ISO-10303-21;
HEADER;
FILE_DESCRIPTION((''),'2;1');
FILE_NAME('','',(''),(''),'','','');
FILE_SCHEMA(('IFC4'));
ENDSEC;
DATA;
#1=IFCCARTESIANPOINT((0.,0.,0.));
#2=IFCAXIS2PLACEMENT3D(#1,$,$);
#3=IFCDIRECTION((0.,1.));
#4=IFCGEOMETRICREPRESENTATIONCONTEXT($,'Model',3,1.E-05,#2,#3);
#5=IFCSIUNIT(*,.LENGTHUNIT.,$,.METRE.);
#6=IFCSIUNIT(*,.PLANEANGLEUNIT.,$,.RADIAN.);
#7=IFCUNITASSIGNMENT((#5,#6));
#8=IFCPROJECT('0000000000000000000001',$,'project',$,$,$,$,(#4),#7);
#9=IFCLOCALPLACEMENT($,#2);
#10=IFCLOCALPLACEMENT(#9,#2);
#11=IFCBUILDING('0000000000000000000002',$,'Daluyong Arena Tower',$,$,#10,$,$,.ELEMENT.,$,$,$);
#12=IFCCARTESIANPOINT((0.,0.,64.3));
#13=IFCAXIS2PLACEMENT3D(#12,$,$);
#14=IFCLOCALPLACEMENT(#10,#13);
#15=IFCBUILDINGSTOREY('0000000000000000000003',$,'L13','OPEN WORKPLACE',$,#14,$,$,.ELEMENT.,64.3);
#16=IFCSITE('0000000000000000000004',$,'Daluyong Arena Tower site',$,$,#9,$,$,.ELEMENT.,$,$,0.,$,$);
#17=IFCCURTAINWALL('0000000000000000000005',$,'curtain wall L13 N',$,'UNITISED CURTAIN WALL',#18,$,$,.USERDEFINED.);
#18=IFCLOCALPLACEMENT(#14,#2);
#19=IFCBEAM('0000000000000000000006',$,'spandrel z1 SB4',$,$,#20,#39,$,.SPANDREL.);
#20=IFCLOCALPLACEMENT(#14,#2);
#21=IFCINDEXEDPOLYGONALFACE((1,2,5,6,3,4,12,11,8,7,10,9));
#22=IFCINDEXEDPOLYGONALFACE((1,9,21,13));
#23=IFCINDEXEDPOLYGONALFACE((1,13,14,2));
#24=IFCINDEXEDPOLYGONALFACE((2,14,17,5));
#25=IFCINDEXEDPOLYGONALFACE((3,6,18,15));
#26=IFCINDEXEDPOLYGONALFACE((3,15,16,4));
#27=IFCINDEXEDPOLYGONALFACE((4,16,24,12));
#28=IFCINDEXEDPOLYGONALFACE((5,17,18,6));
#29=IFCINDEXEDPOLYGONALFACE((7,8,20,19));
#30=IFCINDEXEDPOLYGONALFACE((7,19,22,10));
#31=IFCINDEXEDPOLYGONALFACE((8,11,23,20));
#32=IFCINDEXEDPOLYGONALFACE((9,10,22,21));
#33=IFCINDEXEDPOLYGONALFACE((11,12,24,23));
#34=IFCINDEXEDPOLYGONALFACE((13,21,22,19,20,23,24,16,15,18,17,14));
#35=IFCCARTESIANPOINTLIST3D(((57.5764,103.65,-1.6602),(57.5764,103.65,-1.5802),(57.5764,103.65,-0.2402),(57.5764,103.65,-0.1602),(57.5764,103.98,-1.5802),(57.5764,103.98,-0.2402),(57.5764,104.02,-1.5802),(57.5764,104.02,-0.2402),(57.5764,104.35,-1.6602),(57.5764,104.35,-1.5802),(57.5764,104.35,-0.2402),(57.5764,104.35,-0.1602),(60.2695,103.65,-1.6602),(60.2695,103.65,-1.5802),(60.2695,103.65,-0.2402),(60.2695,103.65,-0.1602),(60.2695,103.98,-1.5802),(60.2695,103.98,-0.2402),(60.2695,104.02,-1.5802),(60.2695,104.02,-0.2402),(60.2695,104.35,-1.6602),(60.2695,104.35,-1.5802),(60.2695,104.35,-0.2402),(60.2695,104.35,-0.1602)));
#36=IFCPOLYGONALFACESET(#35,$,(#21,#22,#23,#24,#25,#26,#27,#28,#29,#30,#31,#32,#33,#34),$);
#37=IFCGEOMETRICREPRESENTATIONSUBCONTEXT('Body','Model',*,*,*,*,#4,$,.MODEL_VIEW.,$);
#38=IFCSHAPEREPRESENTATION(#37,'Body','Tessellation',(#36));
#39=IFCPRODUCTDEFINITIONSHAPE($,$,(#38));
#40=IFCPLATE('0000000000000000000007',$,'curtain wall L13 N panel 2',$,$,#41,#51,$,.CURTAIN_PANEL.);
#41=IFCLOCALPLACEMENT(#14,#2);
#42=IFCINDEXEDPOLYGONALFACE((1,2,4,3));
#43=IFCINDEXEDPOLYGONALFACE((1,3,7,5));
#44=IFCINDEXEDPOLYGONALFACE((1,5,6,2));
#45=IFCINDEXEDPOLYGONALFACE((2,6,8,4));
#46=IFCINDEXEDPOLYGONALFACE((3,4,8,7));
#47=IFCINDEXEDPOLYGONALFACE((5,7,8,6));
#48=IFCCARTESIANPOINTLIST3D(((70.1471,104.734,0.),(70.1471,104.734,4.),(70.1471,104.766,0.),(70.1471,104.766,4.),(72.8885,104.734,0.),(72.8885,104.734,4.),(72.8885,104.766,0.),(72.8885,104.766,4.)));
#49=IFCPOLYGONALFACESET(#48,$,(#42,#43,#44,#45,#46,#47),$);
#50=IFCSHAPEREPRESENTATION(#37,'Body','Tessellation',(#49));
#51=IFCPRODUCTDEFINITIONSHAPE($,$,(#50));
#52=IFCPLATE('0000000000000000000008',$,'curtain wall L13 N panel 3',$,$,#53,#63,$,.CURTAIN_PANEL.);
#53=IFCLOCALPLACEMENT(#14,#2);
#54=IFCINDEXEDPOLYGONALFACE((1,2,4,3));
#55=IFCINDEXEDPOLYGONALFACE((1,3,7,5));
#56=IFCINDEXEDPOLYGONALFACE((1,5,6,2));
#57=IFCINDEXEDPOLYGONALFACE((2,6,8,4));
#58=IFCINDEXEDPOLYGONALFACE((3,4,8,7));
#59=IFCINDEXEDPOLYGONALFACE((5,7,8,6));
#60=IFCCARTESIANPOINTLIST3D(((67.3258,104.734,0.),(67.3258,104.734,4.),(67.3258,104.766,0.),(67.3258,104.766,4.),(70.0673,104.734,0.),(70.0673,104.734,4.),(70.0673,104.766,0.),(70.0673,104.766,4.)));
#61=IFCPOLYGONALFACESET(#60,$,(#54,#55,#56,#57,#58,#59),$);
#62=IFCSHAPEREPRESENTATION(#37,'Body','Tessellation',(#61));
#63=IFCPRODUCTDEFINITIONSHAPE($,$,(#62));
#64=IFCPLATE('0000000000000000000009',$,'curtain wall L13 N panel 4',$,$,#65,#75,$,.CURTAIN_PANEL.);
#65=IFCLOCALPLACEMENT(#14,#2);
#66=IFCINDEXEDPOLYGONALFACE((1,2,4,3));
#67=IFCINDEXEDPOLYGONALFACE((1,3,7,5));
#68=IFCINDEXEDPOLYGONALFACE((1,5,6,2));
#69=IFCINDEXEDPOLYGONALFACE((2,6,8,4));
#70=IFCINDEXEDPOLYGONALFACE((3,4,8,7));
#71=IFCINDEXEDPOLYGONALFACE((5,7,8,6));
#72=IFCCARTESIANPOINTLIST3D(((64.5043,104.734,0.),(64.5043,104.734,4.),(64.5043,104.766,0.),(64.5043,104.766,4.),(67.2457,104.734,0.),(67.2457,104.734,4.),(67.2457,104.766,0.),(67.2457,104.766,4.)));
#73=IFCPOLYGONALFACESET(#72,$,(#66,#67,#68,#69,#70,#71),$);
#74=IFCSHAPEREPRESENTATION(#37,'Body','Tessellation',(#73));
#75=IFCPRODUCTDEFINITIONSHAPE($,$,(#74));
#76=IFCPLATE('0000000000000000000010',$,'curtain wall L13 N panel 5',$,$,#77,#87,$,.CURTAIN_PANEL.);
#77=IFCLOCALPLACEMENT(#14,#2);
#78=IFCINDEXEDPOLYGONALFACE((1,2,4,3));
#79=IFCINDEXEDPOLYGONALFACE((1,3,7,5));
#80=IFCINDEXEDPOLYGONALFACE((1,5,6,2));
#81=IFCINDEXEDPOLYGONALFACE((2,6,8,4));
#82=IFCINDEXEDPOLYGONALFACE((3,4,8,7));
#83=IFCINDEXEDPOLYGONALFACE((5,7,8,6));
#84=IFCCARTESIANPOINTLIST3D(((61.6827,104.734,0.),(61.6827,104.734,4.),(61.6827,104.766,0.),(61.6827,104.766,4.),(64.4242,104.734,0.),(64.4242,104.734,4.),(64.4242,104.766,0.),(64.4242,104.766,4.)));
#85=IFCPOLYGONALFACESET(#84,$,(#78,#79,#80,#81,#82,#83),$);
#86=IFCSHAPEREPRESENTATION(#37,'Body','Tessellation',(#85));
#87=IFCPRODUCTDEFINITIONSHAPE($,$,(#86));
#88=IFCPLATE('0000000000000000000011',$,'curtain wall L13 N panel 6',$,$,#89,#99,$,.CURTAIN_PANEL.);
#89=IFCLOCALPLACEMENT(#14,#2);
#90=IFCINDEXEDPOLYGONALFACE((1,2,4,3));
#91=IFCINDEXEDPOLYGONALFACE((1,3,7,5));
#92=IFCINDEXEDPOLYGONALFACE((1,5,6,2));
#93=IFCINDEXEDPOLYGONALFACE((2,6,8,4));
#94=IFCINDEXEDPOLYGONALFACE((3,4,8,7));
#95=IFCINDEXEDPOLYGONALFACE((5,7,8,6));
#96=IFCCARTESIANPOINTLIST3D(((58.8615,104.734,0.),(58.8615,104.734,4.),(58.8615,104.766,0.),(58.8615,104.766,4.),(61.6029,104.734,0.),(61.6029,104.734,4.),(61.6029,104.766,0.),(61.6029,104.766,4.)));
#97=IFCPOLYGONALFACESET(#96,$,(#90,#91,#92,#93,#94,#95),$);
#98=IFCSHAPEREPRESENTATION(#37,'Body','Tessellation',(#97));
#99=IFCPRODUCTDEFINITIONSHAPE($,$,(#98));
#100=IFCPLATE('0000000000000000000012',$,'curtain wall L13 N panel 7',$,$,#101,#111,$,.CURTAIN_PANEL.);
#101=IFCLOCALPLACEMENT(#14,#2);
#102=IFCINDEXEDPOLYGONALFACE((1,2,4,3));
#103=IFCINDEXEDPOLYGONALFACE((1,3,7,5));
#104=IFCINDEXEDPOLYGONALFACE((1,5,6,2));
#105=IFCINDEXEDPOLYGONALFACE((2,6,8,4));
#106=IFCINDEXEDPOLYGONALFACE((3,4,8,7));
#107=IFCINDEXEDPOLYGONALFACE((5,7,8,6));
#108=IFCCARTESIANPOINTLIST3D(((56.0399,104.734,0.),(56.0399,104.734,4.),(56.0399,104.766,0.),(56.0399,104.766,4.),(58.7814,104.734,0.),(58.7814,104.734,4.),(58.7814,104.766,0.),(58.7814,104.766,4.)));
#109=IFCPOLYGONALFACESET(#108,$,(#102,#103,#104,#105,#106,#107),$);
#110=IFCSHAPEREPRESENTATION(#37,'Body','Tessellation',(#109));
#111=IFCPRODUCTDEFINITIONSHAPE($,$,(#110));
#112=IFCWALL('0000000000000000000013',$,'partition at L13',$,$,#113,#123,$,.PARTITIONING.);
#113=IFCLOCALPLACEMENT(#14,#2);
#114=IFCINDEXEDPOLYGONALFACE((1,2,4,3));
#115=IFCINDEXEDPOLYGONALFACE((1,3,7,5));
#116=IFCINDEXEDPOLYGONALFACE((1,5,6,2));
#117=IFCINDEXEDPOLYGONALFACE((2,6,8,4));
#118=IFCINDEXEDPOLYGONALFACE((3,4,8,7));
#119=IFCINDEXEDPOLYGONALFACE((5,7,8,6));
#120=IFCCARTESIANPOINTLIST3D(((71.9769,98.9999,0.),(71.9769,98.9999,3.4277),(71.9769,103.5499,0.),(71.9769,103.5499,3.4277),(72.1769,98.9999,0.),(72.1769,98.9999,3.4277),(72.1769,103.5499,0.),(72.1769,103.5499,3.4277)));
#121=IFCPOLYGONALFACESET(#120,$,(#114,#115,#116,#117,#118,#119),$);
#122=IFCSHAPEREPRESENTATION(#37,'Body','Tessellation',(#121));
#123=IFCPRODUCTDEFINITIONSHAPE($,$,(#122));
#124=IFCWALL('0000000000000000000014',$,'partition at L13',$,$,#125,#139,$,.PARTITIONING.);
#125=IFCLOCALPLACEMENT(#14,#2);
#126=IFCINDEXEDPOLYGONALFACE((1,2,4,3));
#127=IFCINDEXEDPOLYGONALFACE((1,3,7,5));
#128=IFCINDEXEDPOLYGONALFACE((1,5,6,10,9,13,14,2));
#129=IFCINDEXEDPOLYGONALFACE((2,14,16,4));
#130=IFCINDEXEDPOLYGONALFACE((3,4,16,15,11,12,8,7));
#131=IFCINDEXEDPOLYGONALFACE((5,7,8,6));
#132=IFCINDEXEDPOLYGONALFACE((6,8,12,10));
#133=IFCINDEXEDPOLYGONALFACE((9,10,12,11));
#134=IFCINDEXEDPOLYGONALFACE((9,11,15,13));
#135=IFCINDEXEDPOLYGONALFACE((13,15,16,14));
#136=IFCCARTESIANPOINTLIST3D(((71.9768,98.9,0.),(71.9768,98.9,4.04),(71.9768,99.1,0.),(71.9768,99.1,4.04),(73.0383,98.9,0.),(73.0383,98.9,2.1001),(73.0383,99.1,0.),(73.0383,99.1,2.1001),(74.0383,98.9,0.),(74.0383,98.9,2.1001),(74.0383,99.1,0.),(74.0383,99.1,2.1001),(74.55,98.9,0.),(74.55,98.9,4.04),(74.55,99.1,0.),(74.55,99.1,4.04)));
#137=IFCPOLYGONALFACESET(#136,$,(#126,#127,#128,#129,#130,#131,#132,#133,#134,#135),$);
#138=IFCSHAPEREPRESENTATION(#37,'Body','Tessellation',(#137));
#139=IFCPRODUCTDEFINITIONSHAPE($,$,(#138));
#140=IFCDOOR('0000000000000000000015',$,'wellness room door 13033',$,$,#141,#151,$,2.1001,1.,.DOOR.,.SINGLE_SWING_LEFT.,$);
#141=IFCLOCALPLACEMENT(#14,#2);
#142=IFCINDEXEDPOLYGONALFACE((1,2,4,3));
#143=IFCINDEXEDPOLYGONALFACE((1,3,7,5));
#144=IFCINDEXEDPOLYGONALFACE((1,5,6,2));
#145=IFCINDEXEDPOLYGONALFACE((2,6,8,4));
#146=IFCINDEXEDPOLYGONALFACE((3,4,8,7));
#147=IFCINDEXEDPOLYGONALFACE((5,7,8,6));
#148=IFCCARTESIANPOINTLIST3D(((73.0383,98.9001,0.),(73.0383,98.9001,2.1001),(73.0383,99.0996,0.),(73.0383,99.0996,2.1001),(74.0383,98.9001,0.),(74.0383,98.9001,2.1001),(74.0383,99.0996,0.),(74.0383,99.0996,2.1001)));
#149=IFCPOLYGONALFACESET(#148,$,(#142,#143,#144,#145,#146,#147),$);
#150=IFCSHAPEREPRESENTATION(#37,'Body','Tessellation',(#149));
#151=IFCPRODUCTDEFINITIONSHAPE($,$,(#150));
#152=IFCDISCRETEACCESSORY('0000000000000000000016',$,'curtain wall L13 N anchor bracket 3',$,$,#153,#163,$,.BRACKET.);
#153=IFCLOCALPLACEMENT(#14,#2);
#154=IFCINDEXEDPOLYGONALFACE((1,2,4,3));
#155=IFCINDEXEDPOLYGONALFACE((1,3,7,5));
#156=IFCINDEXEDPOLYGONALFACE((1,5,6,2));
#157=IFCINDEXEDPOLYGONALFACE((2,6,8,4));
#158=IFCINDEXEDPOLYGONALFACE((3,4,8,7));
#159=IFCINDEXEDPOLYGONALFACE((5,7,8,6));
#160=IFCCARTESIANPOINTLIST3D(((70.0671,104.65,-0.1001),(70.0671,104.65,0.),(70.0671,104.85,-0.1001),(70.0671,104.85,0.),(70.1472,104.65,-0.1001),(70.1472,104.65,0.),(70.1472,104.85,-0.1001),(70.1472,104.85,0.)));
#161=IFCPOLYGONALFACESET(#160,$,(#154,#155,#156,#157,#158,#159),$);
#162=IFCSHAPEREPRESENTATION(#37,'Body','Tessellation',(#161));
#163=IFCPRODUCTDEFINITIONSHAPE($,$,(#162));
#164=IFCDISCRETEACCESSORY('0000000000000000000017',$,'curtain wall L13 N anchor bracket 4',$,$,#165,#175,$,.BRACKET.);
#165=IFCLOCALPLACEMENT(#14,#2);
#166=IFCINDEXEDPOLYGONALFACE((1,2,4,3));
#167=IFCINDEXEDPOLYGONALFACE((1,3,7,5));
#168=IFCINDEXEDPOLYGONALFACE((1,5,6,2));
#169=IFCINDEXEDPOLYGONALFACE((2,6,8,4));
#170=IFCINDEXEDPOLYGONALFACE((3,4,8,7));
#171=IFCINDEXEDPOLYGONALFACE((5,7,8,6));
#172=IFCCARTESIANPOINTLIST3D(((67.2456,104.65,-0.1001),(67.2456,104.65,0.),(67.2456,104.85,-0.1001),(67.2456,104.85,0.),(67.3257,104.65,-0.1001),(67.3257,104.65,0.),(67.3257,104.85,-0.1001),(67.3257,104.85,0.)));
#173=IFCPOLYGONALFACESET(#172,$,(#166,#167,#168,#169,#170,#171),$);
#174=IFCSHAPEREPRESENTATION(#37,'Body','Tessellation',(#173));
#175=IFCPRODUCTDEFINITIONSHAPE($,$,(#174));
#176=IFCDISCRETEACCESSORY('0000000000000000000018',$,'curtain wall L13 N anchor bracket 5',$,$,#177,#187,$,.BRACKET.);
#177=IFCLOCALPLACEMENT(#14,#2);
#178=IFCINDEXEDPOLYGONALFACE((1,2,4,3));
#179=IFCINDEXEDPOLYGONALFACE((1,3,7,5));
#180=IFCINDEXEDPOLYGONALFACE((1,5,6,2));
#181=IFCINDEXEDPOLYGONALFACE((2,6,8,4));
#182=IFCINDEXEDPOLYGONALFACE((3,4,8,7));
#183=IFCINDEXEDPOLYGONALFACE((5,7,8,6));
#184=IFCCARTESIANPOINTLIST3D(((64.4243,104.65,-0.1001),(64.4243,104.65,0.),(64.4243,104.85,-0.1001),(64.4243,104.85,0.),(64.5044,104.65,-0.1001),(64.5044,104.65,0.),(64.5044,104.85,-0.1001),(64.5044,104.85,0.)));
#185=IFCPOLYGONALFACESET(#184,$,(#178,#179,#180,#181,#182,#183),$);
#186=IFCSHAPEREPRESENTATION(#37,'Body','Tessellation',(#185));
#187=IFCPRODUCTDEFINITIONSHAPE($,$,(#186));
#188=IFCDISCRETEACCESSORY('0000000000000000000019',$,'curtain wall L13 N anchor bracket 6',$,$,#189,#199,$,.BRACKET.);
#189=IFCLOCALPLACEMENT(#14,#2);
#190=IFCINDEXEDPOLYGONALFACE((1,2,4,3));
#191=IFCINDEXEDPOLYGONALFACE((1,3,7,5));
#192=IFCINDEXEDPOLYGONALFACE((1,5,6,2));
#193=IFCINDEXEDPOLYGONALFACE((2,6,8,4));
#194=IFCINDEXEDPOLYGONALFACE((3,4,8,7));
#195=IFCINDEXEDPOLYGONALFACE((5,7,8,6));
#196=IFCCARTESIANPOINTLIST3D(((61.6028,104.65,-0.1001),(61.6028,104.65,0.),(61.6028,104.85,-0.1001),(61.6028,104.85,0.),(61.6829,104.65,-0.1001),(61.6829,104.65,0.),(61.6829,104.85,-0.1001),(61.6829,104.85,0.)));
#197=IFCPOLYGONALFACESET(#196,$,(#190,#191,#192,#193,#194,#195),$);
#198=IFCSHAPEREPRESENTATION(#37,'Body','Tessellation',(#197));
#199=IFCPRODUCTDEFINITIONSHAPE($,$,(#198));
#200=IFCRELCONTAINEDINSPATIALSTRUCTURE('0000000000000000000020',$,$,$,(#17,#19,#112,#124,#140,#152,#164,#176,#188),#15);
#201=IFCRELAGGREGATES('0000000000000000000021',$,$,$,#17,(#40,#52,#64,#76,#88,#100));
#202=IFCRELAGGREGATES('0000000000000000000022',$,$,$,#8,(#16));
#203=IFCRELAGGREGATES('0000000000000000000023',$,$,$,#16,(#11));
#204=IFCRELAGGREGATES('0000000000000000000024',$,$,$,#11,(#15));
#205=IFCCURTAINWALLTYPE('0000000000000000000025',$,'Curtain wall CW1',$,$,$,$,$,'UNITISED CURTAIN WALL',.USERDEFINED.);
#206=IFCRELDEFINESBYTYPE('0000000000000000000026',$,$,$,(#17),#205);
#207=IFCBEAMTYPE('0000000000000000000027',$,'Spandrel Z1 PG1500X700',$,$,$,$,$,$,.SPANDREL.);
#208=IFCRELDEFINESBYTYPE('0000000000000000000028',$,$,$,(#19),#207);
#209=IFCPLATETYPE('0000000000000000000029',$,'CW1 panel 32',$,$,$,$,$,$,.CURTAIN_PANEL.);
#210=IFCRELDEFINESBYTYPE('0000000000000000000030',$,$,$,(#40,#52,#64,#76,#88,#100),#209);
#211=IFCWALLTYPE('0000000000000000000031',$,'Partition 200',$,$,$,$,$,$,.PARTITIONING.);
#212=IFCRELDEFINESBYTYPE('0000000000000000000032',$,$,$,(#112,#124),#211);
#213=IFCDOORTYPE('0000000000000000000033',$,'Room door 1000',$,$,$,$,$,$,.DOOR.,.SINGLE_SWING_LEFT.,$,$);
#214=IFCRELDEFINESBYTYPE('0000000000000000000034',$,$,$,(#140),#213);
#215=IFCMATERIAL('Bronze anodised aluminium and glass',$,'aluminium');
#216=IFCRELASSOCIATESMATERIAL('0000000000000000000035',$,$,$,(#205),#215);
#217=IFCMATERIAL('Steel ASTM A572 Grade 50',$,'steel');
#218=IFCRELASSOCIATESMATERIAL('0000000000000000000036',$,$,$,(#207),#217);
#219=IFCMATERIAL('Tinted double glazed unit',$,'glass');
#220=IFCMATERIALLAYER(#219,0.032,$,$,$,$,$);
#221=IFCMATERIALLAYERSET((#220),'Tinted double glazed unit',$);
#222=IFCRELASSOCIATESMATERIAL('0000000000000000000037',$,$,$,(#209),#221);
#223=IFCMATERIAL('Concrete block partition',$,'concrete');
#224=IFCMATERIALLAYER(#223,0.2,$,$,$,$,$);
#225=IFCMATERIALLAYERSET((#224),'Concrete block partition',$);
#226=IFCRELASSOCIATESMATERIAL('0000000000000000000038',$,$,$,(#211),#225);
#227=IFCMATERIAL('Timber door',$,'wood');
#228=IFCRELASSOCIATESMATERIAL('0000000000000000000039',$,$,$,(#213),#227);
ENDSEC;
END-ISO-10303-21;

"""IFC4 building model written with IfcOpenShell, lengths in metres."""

from ifc_helpers import new_model, si_unit, direction, frame, frame_2d, origin, origin_2d, place, context, subcontext, project, spatial, rectangle, i_section, extrude, material, layer, layer_set, material_profile, profile_set, type_object, element, fill, aggregate, save


model = new_model("IFC4")

# Units and contexts
model_context = context("Model", 3, precision=1e-05, world=origin(), true_north=direction((0.0, 1.0)))
body_context = subcontext(model_context, "Body", "Model", "MODEL_VIEW")
ifc_project = project(units=[si_unit("LENGTHUNIT", "METRE"), si_unit("PLANEANGLEUNIT", "RADIAN")], contexts=[model_context])

# Site, building, storey
site_placement = place(None, origin())
site = spatial("IfcSite", under=ifc_project, at=site_placement, Name="Daluyong Arena Tower site", CompositionType="ELEMENT", RefElevation=0.0)
building_placement = place(site_placement, origin())
building = spatial("IfcBuilding", under=site, at=building_placement, Name="Daluyong Arena Tower", CompositionType="ELEMENT")
storey_placement = place(building_placement, frame((0.0, 0.0, 64.3)))
storey = spatial("IfcBuildingStorey", under=building, at=storey_placement, Name="L13", Description="OPEN WORKPLACE", CompositionType="ELEMENT", Elevation=64.3)

# Curtain wall
ifc_material_1 = material(Name="Bronze anodised aluminium and glass", Category="aluminium")
curtain_wall_type = type_object("IfcCurtainWallType", Name="Curtain wall CW1", ElementType="UNITISED CURTAIN WALL", PredefinedType="USERDEFINED", material=ifc_material_1)
curtain_wall_placement = place(storey_placement, origin())
curtain_wall = element("IfcCurtainWall", 1, at=curtain_wall_placement, inside=storey, type_object=curtain_wall_type, Name="curtain wall L13 N", ObjectType="UNITISED CURTAIN WALL", PredefinedType="USERDEFINED")

# Beam
ifc_material_2 = material(Name="Steel ASTM A572 Grade 50", Category="steel")
ifc_material_profile_1 = material_profile(ifc_material_2, i_section(OverallWidth=0.7, OverallDepth=1.5, WebThickness=0.04, FlangeThickness=0.08, at=origin_2d()))
ifc_profile_set_1 = profile_set([ifc_material_profile_1], Name="Steel ASTM A572 Grade 50")
beam_type_1 = type_object("IfcBeamType", Name="Spandrel Z1 PG1500X700", PredefinedType="SPANDREL", material=ifc_profile_set_1)
for number, where, z_axis, x_axis, name in (
    (2, (60.2695, 104.0, -0.9102), (-1.0, 0.0, 0.0), (0.0, -1.0, 0.0), "spandrel z1 SB4"),
):
    element("IfcBeam", number, at=place(storey_placement, frame(where, z_axis=z_axis, x_axis=x_axis)), inside=storey, type_object=beam_type_1, Name=name, PredefinedType="SPANDREL", context=body_context, shape_type="SweptSolid", body=[
        extrude(i_section(OverallWidth=0.7, OverallDepth=1.5, WebThickness=0.04, FlangeThickness=0.08, at=origin_2d()), origin(), (0.0, 0.0, 1.0), 2.6931),
    ])

# Plates
ifc_material_3 = material(Name="Tinted double glazed unit", Category="glass")
ifc_layer_1 = layer(ifc_material_3, 0.032)
ifc_layer_set_1 = layer_set([ifc_layer_1], Name="Tinted double glazed unit")
plate_type = type_object("IfcPlateType", Name="CW1 panel 32", PredefinedType="CURTAIN_PANEL", material=ifc_layer_set_1)
plate_1_placement = place(storey_placement, frame((71.5178, 104.75, 0.0), z_axis=(0.0, 0.0, 1.0), x_axis=(-1.0, 0.0, 0.0)))
plate_1 = element("IfcPlate", 3, at=plate_1_placement, type_object=plate_type, Name="curtain wall L13 N panel 2", PredefinedType="CURTAIN_PANEL", context=body_context, shape_type="SweptSolid", body=[
    extrude(rectangle(XDim=2.7415, YDim=0.032, at=origin_2d()), origin(), (0.0, 0.0, 1.0), 4.0),
])
plate_2_placement = place(storey_placement, frame((68.6965, 104.75, 0.0), z_axis=(0.0, 0.0, 1.0), x_axis=(-1.0, 0.0, 0.0)))
plate_2 = element("IfcPlate", 4, at=plate_2_placement, type_object=plate_type, Name="curtain wall L13 N panel 3", PredefinedType="CURTAIN_PANEL", context=body_context, shape_type="SweptSolid", body=[
    extrude(rectangle(XDim=2.7415, YDim=0.032, at=origin_2d()), origin(), (0.0, 0.0, 1.0), 4.0),
])
plate_3_placement = place(storey_placement, frame((65.875, 104.75, 0.0), z_axis=(0.0, 0.0, 1.0), x_axis=(-1.0, 0.0, 0.0)))
plate_3 = element("IfcPlate", 5, at=plate_3_placement, type_object=plate_type, Name="curtain wall L13 N panel 4", PredefinedType="CURTAIN_PANEL", context=body_context, shape_type="SweptSolid", body=[
    extrude(rectangle(XDim=2.7415, YDim=0.032, at=origin_2d()), origin(), (0.0, 0.0, 1.0), 4.0),
])
plate_4_placement = place(storey_placement, frame((63.0535, 104.75, 0.0), z_axis=(0.0, 0.0, 1.0), x_axis=(-1.0, 0.0, 0.0)))
plate_4 = element("IfcPlate", 6, at=plate_4_placement, type_object=plate_type, Name="curtain wall L13 N panel 5", PredefinedType="CURTAIN_PANEL", context=body_context, shape_type="SweptSolid", body=[
    extrude(rectangle(XDim=2.7415, YDim=0.032, at=origin_2d()), origin(), (0.0, 0.0, 1.0), 4.0),
])
plate_5_placement = place(storey_placement, frame((60.2322, 104.75, 0.0), z_axis=(0.0, 0.0, 1.0), x_axis=(-1.0, 0.0, 0.0)))
plate_5 = element("IfcPlate", 7, at=plate_5_placement, type_object=plate_type, Name="curtain wall L13 N panel 6", PredefinedType="CURTAIN_PANEL", context=body_context, shape_type="SweptSolid", body=[
    extrude(rectangle(XDim=2.7415, YDim=0.032, at=origin_2d()), origin(), (0.0, 0.0, 1.0), 4.0),
])
plate_6_placement = place(storey_placement, frame((57.4106, 104.75, 0.0), z_axis=(0.0, 0.0, 1.0), x_axis=(-1.0, 0.0, 0.0)))
plate_6 = element("IfcPlate", 8, at=plate_6_placement, type_object=plate_type, Name="curtain wall L13 N panel 7", PredefinedType="CURTAIN_PANEL", context=body_context, shape_type="SweptSolid", body=[
    extrude(rectangle(XDim=2.7415, YDim=0.032, at=origin_2d()), origin(), (0.0, 0.0, 1.0), 4.0),
])
aggregate(curtain_wall, [plate_1, plate_2, plate_3, plate_4, plate_5, plate_6])

# Wall
ifc_material_4 = material(Name="Concrete block partition", Category="concrete")
ifc_layer_2 = layer(ifc_material_4, 0.2)
ifc_layer_set_2 = layer_set([ifc_layer_2], Name="Concrete block partition")
wall_type = type_object("IfcWallType", Name="Partition 200", PredefinedType="PARTITIONING", material=ifc_layer_set_2)
wall_1_placement = place(storey_placement, frame((72.0769, 99.0, 0.0), z_axis=(0.0, 0.0, 1.0), x_axis=(0.0, 1.0, 0.0)))
element("IfcWall", 9, at=wall_1_placement, inside=storey, type_object=wall_type, Name="partition at L13", PredefinedType="PARTITIONING", context=body_context, shape_type="SweptSolid", body=[
    extrude(rectangle(XDim=4.55, YDim=0.2, at=frame_2d((2.2749, 0.0))), origin(), (0.0, 0.0, 1.0), 3.4277),
])

# Wall, opening, door
wall_2_placement = place(storey_placement, frame((71.9768, 99.0, 0.0), z_axis=(0.0, 0.0, 1.0), x_axis=(1.0, 0.0, 0.0)))
wall_2 = element("IfcWall", 10, at=wall_2_placement, inside=storey, type_object=wall_type, Name="partition at L13", PredefinedType="PARTITIONING", context=body_context, shape_type="SweptSolid", body=[
    extrude(rectangle(XDim=2.5732, YDim=0.2, at=frame_2d((1.2866, 0.0))), origin(), (0.0, 0.0, 1.0), 4.04),
])
opening_placement = place(wall_2_placement, frame((1.0615, 0.0, 0.0)))
opening = element("IfcOpeningElement", 11, at=opening_placement, cuts=wall_2, PredefinedType="OPENING", context=body_context, shape_type="SweptSolid", body=[
    extrude(rectangle(XDim=1.0, YDim=2.1001, at=frame_2d((0.5, 1.05))), frame((0.0, 0.1099, 0.0), z_axis=(0.0, -1.0, 0.0), x_axis=(1.0, 0.0, 0.0)), (0.0, 0.0, 1.0), 0.22),
])
ifc_material_5 = material(Name="Timber door", Category="wood")
door_type = type_object("IfcDoorType", Name="Room door 1000", OperationType="SINGLE_SWING_LEFT", PredefinedType="DOOR", material=ifc_material_5)
door_placement = place(opening_placement, origin())
door = element("IfcDoor", 12, at=door_placement, inside=storey, type_object=door_type, Name="wellness room door 13033", OperationType="SINGLE_SWING_LEFT", OverallHeight=2.1001, OverallWidth=1.0, PredefinedType="DOOR", context=body_context, shape_type="SweptSolid", body=[
    extrude(rectangle(XDim=1.0, YDim=2.1001, at=frame_2d((0.5, 1.05))), frame((0.0, 0.0996, 0.0), z_axis=(0.0, -1.0, 0.0), x_axis=(1.0, 0.0, 0.0)), (0.0, 0.0, 1.0), 0.1995),
])
fill(opening, door)

# Discrete accessories
for number, where, z_axis, x_axis, name in (
    (13, (70.1072, 104.75, -0.1001), (0.0, 0.0, 1.0), (-1.0, 0.0, 0.0), "curtain wall L13 N anchor bracket 3"),
    (14, (67.2856, 104.75, -0.1001), (0.0, 0.0, 1.0), (-1.0, 0.0, 0.0), "curtain wall L13 N anchor bracket 4"),
    (15, (64.4644, 104.75, -0.1001), (0.0, 0.0, 1.0), (-1.0, 0.0, 0.0), "curtain wall L13 N anchor bracket 5"),
    (16, (61.6428, 104.75, -0.1001), (0.0, 0.0, 1.0), (-1.0, 0.0, 0.0), "curtain wall L13 N anchor bracket 6"),
):
    element("IfcDiscreteAccessory", number, at=place(storey_placement, frame(where, z_axis=z_axis, x_axis=x_axis)), inside=storey, Name=name, PredefinedType="BRACKET", context=body_context, shape_type="SweptSolid", body=[
        extrude(rectangle(XDim=0.0801, YDim=0.2, at=origin_2d()), origin(), (0.0, 0.0, 1.0), 0.1001),
    ])

save(model, "model.ifc")
